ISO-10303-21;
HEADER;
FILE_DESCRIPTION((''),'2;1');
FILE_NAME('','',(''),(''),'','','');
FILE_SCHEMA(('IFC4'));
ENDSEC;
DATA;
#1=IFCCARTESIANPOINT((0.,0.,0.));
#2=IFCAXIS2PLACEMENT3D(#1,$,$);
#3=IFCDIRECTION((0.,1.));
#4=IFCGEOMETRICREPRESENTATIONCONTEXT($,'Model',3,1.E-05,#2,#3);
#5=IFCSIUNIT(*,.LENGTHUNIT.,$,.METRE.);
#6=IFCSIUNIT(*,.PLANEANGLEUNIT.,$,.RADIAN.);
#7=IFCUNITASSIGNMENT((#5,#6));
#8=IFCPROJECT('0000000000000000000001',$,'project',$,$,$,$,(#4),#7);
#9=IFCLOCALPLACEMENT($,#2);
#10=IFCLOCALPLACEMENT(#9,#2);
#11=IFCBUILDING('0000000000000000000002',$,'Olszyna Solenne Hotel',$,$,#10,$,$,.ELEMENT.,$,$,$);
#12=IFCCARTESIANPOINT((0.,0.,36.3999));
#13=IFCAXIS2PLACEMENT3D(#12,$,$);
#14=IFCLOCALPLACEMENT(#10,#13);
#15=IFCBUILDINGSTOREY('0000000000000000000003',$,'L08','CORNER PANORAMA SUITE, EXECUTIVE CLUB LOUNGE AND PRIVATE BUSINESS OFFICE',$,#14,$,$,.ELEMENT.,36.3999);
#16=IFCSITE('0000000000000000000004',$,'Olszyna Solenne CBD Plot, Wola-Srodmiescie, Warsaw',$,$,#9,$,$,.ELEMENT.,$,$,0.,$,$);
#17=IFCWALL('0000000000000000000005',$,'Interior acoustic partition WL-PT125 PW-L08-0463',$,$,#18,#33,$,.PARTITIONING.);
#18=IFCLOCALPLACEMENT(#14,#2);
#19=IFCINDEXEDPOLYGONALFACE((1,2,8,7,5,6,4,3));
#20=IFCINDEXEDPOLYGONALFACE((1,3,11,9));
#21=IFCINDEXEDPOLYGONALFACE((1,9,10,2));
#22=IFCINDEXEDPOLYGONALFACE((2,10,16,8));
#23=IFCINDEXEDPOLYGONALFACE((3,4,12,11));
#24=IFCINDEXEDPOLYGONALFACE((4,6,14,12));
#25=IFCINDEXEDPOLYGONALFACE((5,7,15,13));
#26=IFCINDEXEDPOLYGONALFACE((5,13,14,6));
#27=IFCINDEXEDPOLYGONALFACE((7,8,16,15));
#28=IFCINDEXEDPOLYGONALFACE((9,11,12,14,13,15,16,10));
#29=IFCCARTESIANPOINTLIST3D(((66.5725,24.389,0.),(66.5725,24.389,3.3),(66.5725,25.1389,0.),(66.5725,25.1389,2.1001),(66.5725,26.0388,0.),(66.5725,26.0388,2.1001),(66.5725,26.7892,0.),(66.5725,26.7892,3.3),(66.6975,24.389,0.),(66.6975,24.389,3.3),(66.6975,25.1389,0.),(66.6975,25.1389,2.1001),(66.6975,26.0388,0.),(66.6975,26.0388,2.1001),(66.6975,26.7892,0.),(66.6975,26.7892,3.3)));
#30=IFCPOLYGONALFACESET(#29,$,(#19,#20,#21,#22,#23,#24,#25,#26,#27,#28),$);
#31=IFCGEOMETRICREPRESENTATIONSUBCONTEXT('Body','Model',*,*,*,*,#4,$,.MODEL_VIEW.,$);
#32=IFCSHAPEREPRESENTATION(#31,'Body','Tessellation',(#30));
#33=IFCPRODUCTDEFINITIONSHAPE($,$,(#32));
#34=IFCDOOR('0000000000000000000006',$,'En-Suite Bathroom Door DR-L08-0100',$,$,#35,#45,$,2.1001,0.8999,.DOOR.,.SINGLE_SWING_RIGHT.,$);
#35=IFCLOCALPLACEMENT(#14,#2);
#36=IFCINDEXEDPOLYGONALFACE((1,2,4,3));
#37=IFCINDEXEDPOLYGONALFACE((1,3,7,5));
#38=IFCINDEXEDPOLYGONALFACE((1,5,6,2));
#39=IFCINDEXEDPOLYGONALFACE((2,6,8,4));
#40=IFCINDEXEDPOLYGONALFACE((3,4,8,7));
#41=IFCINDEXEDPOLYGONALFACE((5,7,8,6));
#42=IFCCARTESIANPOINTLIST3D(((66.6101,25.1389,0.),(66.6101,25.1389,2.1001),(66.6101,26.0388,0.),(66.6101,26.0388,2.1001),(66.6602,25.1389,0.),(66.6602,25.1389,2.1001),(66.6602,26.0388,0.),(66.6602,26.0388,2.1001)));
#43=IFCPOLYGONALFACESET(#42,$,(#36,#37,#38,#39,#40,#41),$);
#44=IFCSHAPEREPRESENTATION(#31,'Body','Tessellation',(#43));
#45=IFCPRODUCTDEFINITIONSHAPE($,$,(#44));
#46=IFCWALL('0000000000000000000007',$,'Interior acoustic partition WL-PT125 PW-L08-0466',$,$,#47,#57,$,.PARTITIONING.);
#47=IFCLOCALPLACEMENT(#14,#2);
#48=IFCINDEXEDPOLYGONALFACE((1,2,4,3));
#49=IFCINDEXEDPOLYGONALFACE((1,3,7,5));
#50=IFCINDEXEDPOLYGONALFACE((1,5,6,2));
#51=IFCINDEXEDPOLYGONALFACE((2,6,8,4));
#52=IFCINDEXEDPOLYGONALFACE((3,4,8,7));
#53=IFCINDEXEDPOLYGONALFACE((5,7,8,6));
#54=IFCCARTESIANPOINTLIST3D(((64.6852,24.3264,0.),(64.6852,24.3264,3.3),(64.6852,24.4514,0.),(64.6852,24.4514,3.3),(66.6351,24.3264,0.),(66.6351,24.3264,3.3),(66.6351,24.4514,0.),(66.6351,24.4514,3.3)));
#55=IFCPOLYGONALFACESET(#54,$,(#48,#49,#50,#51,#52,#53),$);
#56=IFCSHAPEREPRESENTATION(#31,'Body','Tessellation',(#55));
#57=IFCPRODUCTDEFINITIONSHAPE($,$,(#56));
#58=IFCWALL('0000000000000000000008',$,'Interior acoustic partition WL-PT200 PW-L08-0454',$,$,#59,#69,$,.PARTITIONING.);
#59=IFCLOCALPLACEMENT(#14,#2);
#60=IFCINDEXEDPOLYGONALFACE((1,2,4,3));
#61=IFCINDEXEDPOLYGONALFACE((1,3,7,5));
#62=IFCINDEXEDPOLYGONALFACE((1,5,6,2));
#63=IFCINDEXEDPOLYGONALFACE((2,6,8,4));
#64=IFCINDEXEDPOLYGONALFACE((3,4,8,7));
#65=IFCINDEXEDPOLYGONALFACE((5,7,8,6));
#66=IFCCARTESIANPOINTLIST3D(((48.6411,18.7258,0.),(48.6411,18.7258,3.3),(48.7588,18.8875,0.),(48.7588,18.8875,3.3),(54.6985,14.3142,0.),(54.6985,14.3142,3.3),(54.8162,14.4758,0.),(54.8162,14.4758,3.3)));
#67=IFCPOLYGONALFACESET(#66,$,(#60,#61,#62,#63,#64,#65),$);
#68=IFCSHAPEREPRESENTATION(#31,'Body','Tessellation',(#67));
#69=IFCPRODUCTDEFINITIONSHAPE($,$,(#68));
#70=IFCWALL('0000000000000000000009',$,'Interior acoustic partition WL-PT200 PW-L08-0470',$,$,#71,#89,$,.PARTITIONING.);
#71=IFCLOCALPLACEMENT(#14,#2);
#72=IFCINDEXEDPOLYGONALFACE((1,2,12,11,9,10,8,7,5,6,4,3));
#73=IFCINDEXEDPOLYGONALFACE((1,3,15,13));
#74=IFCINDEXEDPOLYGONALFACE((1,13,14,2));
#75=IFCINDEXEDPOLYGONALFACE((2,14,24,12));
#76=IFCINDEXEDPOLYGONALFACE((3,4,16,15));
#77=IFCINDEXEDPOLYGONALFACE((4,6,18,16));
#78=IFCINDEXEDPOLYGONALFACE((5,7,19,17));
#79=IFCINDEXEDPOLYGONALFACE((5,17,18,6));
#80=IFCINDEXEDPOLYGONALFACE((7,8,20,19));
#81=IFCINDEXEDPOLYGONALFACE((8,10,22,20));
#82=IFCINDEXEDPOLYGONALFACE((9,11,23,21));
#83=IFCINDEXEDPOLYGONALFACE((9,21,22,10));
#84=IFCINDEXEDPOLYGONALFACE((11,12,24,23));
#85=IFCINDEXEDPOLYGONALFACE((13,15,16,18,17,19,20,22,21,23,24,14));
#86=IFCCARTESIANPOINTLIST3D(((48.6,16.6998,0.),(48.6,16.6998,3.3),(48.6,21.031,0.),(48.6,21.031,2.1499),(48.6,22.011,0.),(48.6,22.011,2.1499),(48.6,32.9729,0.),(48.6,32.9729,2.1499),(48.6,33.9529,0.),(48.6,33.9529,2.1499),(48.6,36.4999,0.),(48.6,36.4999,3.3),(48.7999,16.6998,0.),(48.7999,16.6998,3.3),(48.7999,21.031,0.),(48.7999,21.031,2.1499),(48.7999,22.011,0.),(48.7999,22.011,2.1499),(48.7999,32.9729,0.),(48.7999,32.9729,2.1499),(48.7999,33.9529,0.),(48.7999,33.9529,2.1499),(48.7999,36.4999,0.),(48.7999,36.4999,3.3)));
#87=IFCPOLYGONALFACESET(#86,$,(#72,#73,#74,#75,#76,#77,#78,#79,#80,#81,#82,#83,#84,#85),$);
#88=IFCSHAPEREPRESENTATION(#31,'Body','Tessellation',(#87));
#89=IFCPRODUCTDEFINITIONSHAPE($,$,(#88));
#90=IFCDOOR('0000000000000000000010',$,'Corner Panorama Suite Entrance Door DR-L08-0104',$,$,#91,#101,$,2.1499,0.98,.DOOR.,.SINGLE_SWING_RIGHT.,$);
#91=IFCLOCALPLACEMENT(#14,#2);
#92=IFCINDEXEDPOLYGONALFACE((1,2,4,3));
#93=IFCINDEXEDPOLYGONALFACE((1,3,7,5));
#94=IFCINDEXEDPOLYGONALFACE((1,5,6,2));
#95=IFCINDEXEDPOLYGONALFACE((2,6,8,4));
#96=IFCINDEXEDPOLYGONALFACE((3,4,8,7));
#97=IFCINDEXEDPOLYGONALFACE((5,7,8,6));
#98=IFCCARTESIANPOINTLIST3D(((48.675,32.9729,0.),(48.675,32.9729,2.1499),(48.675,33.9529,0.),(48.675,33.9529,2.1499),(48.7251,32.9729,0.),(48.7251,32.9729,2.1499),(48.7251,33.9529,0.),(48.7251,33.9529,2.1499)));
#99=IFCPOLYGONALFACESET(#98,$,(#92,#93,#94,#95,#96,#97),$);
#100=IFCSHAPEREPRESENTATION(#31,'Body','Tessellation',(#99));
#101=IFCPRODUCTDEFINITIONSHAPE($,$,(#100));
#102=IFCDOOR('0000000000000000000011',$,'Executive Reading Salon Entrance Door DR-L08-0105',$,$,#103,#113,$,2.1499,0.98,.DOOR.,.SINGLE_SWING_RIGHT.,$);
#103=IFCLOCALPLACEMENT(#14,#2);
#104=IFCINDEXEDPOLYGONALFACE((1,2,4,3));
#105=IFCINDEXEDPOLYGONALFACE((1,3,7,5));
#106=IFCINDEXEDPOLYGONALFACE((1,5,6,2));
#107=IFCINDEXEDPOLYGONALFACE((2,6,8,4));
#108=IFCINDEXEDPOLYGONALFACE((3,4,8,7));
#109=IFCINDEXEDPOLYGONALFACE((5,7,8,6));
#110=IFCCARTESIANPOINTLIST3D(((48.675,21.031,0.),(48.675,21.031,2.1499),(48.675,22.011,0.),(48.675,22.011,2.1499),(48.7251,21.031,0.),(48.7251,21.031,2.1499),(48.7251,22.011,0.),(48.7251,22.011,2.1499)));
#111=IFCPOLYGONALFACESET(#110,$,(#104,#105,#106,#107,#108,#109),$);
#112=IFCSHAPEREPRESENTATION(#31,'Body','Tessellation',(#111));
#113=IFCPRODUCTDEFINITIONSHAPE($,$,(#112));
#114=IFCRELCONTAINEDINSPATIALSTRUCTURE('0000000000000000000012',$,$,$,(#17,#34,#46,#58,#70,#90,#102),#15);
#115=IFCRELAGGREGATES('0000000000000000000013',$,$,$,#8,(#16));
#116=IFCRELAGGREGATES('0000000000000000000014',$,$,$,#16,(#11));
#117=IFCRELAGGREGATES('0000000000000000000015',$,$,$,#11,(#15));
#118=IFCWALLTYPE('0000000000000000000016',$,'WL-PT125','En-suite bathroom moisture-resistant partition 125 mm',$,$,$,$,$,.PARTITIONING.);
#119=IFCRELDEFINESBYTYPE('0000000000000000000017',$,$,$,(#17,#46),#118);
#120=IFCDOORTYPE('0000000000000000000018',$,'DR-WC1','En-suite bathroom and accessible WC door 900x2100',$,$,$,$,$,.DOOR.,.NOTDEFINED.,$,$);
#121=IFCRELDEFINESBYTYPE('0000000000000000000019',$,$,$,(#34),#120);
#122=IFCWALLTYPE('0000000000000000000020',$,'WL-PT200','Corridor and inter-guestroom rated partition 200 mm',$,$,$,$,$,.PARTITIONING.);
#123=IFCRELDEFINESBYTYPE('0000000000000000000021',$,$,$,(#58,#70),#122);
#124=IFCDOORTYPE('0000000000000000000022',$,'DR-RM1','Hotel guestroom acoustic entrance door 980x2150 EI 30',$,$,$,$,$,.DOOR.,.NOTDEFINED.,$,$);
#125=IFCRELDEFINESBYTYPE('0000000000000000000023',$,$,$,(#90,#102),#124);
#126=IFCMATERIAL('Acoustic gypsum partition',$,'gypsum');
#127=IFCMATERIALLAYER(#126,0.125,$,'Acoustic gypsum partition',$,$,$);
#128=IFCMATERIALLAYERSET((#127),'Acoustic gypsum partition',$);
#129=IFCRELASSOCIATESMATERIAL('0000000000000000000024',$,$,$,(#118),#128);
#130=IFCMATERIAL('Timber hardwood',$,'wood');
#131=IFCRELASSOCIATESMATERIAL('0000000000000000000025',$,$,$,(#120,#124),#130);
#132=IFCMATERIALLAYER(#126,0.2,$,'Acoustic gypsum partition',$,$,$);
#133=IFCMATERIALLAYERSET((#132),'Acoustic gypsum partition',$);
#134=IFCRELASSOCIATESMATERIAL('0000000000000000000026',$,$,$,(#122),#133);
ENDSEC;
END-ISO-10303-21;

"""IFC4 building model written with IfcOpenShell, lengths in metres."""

from ifc_helpers import new_model, si_unit, direction, frame, frame_2d, origin, place, context, subcontext, project, spatial, rectangle, extrude, source, transform, mapped, material, layer, layer_set, type_object, type_shapes, element, fill, save


model = new_model("IFC4")

# Units and contexts
model_context = context("Model", 3, precision=1e-05, world=origin(), true_north=direction((0.0, 1.0)))
body_context = subcontext(model_context, "Body", "Model", "MODEL_VIEW")
ifc_project = project(units=[si_unit("LENGTHUNIT", "METRE"), si_unit("PLANEANGLEUNIT", "RADIAN")], contexts=[model_context])

# Site, building, storey
site_placement = place(None, origin())
site = spatial("IfcSite", under=ifc_project, at=site_placement, Name="Olszyna Solenne CBD Plot, Wola-Srodmiescie, Warsaw", CompositionType="ELEMENT", RefElevation=0.0)
building_placement = place(site_placement, origin())
building = spatial("IfcBuilding", under=site, at=building_placement, Name="Olszyna Solenne Hotel", CompositionType="ELEMENT")
storey_placement = place(building_placement, frame((0.0, 0.0, 36.3999)))
storey = spatial("IfcBuildingStorey", under=building, at=storey_placement, Name="L08", Description="CORNER PANORAMA SUITE, EXECUTIVE CLUB LOUNGE AND PRIVATE BUSINESS OFFICE", CompositionType="ELEMENT", Elevation=36.3999)

# Wall, opening, door
ifc_material_1 = material(Name="Acoustic gypsum partition", Category="gypsum")
ifc_layer_1 = layer(ifc_material_1, 0.125, Name="Acoustic gypsum partition")
ifc_layer_set_1 = layer_set([ifc_layer_1], Name="Acoustic gypsum partition")
wall_type_1 = type_object("IfcWallType", Name="WL-PT125", Description="En-suite bathroom moisture-resistant partition 125 mm", PredefinedType="PARTITIONING", material=ifc_layer_set_1)
wall_1_placement = place(storey_placement, frame((66.635, 24.3889, 0.0), z_axis=(0.0, 0.0, 1.0), x_axis=(0.0, 1.0, 0.0)))
wall_1 = element("IfcWall", 1, at=wall_1_placement, inside=storey, type_object=wall_type_1, Name="Interior acoustic partition WL-PT125 PW-L08-0463", PredefinedType="PARTITIONING", context=body_context, shape_type="SweptSolid", body=[
    extrude(rectangle(XDim=2.4001, YDim=0.125, at=frame_2d((1.2002, 0.0))), origin(), (0.0, 0.0, 1.0), 3.3),
])
opening_1_placement = place(wall_1_placement, frame((0.75, 0.0, 0.0)))
opening_1 = element("IfcOpeningElement", 2, at=opening_1_placement, cuts=wall_1, PredefinedType="OPENING", context=body_context, shape_type="SweptSolid", body=[
    extrude(rectangle(XDim=0.8999, YDim=2.1001, at=frame_2d((0.45, 1.05))), frame((0.0, 0.0725, 0.0), z_axis=(0.0, -1.0, 0.0), x_axis=(1.0, 0.0, 0.0)), (0.0, 0.0, 1.0), 0.145),
])
ifc_material_2 = material(Name="Timber hardwood", Category="wood")
door_type_1 = type_object("IfcDoorType", Name="DR-WC1", Description="En-suite bathroom and accessible WC door 900x2100", OperationType="NOTDEFINED", PredefinedType="DOOR", material=ifc_material_2)
shared_shape_1 = source(origin(), body_context, "Body", "SweptSolid", [
    extrude(rectangle(XDim=0.8999, YDim=2.1001, at=frame_2d((0.45, 1.05))), frame((0.0, 0.0249, 0.0), z_axis=(0.0, -1.0, 0.0), x_axis=(1.0, 0.0, 0.0)), (0.0, 0.0, 1.0), 0.05),
])
type_shapes(door_type_1, [shared_shape_1])
door_1_placement = place(opening_1_placement, origin())
door_1 = element("IfcDoor", 3, at=door_1_placement, inside=storey, type_object=door_type_1, Name="En-Suite Bathroom Door DR-L08-0100", OperationType="SINGLE_SWING_RIGHT", OverallHeight=2.1001, OverallWidth=0.8999, PredefinedType="DOOR", context=body_context, shape_type="MappedRepresentation", body=[
    mapped(shared_shape_1, transform((0.0, 0.0, 0.0), x_axis=(1.0, 0.0, 0.0), y_axis=(0.0, 1.0, 0.0), z_axis=(0.0, 0.0, 1.0), scale=1.0)),
])
fill(opening_1, door_1)

# Walls
wall_2_placement = place(storey_placement, frame((64.6851, 24.3889, 0.0), z_axis=(0.0, 0.0, 1.0), x_axis=(1.0, 0.0, 0.0)))
element("IfcWall", 4, at=wall_2_placement, inside=storey, type_object=wall_type_1, Name="Interior acoustic partition WL-PT125 PW-L08-0466", PredefinedType="PARTITIONING", context=body_context, shape_type="SweptSolid", body=[
    extrude(rectangle(XDim=1.95, YDim=0.125, at=frame_2d((0.9751, 0.0))), origin(), (0.0, 0.0, 1.0), 3.3),
])
ifc_layer_2 = layer(ifc_material_1, 0.2, Name="Acoustic gypsum partition")
ifc_layer_set_2 = layer_set([ifc_layer_2], Name="Acoustic gypsum partition")
wall_type_2 = type_object("IfcWallType", Name="WL-PT200", Description="Corridor and inter-guestroom rated partition 200 mm", PredefinedType="PARTITIONING", material=ifc_layer_set_2)
wall_3_placement = place(storey_placement, frame((48.7, 18.8066, 0.0), z_axis=(0.0, 0.0, 1.0), x_axis=(0.808339, -0.588718, 0.0)))
element("IfcWall", 5, at=wall_3_placement, inside=storey, type_object=wall_type_2, Name="Interior acoustic partition WL-PT200 PW-L08-0454", PredefinedType="PARTITIONING", context=body_context, shape_type="SweptSolid", body=[
    extrude(rectangle(XDim=7.4937, YDim=0.2, at=frame_2d((3.7468, 0.0))), origin(), (0.0, 0.0, 1.0), 3.3),
])

# Wall, openings, doors
wall_4_placement = place(storey_placement, frame((48.7, 16.7, 0.0), z_axis=(0.0, 0.0, 1.0), x_axis=(0.0, 1.0, 0.0)))
wall_4 = element("IfcWall", 6, at=wall_4_placement, inside=storey, type_object=wall_type_2, Name="Interior acoustic partition WL-PT200 PW-L08-0470", PredefinedType="PARTITIONING", context=body_context, shape_type="SweptSolid", body=[
    extrude(rectangle(XDim=19.8, YDim=0.2, at=frame_2d((9.8999, 0.0))), origin(), (0.0, 0.0, 1.0), 3.3),
])
opening_2_placement = place(wall_4_placement, frame((16.2729, 0.0, 0.0)))
opening_2 = element("IfcOpeningElement", 7, at=opening_2_placement, cuts=wall_4, PredefinedType="OPENING", context=body_context, shape_type="SweptSolid", body=[
    extrude(rectangle(XDim=0.98, YDim=2.1499, at=frame_2d((0.49, 1.075))), frame((0.0, 0.1099, 0.0), z_axis=(0.0, -1.0, 0.0), x_axis=(1.0, 0.0, 0.0)), (0.0, 0.0, 1.0), 0.22),
])
opening_3_placement = place(wall_4_placement, frame((4.3311, 0.0, 0.0)))
opening_3 = element("IfcOpeningElement", 8, at=opening_3_placement, cuts=wall_4, PredefinedType="OPENING", context=body_context, shape_type="SweptSolid", body=[
    extrude(rectangle(XDim=0.98, YDim=2.1499, at=frame_2d((0.49, 1.075))), frame((0.0, 0.1099, 0.0), z_axis=(0.0, -1.0, 0.0), x_axis=(1.0, 0.0, 0.0)), (0.0, 0.0, 1.0), 0.22),
])
door_type_2 = type_object("IfcDoorType", Name="DR-RM1", Description="Hotel guestroom acoustic entrance door 980x2150 EI 30", OperationType="NOTDEFINED", PredefinedType="DOOR", material=ifc_material_2)
shared_shape_2 = source(origin(), body_context, "Body", "SweptSolid", [
    extrude(rectangle(XDim=0.98, YDim=2.1499, at=frame_2d((0.49, 1.075))), frame((0.0, 0.0249, 0.0), z_axis=(0.0, -1.0, 0.0), x_axis=(1.0, 0.0, 0.0)), (0.0, 0.0, 1.0), 0.05),
])
type_shapes(door_type_2, [shared_shape_2])
door_2_placement = place(opening_2_placement, origin())
door_2 = element("IfcDoor", 9, at=door_2_placement, inside=storey, type_object=door_type_2, Name="Corner Panorama Suite Entrance Door DR-L08-0104", OperationType="SINGLE_SWING_RIGHT", OverallHeight=2.1499, OverallWidth=0.98, PredefinedType="DOOR", context=body_context, shape_type="MappedRepresentation", body=[
    mapped(shared_shape_2, transform((0.0, 0.0, 0.0), x_axis=(1.0, 0.0, 0.0), y_axis=(0.0, 1.0, 0.0), z_axis=(0.0, 0.0, 1.0), scale=1.0)),
])
fill(opening_2, door_2)
door_3_placement = place(opening_3_placement, origin())
door_3 = element("IfcDoor", 10, at=door_3_placement, inside=storey, type_object=door_type_2, Name="Executive Reading Salon Entrance Door DR-L08-0105", OperationType="SINGLE_SWING_RIGHT", OverallHeight=2.1499, OverallWidth=0.98, PredefinedType="DOOR", context=body_context, shape_type="MappedRepresentation", body=[
    mapped(shared_shape_2, transform((0.0, 0.0, 0.0), x_axis=(1.0, 0.0, 0.0), y_axis=(0.0, 1.0, 0.0), z_axis=(0.0, 0.0, 1.0), scale=1.0)),
])
fill(opening_3, door_3)

save(model, "model.ifc")
